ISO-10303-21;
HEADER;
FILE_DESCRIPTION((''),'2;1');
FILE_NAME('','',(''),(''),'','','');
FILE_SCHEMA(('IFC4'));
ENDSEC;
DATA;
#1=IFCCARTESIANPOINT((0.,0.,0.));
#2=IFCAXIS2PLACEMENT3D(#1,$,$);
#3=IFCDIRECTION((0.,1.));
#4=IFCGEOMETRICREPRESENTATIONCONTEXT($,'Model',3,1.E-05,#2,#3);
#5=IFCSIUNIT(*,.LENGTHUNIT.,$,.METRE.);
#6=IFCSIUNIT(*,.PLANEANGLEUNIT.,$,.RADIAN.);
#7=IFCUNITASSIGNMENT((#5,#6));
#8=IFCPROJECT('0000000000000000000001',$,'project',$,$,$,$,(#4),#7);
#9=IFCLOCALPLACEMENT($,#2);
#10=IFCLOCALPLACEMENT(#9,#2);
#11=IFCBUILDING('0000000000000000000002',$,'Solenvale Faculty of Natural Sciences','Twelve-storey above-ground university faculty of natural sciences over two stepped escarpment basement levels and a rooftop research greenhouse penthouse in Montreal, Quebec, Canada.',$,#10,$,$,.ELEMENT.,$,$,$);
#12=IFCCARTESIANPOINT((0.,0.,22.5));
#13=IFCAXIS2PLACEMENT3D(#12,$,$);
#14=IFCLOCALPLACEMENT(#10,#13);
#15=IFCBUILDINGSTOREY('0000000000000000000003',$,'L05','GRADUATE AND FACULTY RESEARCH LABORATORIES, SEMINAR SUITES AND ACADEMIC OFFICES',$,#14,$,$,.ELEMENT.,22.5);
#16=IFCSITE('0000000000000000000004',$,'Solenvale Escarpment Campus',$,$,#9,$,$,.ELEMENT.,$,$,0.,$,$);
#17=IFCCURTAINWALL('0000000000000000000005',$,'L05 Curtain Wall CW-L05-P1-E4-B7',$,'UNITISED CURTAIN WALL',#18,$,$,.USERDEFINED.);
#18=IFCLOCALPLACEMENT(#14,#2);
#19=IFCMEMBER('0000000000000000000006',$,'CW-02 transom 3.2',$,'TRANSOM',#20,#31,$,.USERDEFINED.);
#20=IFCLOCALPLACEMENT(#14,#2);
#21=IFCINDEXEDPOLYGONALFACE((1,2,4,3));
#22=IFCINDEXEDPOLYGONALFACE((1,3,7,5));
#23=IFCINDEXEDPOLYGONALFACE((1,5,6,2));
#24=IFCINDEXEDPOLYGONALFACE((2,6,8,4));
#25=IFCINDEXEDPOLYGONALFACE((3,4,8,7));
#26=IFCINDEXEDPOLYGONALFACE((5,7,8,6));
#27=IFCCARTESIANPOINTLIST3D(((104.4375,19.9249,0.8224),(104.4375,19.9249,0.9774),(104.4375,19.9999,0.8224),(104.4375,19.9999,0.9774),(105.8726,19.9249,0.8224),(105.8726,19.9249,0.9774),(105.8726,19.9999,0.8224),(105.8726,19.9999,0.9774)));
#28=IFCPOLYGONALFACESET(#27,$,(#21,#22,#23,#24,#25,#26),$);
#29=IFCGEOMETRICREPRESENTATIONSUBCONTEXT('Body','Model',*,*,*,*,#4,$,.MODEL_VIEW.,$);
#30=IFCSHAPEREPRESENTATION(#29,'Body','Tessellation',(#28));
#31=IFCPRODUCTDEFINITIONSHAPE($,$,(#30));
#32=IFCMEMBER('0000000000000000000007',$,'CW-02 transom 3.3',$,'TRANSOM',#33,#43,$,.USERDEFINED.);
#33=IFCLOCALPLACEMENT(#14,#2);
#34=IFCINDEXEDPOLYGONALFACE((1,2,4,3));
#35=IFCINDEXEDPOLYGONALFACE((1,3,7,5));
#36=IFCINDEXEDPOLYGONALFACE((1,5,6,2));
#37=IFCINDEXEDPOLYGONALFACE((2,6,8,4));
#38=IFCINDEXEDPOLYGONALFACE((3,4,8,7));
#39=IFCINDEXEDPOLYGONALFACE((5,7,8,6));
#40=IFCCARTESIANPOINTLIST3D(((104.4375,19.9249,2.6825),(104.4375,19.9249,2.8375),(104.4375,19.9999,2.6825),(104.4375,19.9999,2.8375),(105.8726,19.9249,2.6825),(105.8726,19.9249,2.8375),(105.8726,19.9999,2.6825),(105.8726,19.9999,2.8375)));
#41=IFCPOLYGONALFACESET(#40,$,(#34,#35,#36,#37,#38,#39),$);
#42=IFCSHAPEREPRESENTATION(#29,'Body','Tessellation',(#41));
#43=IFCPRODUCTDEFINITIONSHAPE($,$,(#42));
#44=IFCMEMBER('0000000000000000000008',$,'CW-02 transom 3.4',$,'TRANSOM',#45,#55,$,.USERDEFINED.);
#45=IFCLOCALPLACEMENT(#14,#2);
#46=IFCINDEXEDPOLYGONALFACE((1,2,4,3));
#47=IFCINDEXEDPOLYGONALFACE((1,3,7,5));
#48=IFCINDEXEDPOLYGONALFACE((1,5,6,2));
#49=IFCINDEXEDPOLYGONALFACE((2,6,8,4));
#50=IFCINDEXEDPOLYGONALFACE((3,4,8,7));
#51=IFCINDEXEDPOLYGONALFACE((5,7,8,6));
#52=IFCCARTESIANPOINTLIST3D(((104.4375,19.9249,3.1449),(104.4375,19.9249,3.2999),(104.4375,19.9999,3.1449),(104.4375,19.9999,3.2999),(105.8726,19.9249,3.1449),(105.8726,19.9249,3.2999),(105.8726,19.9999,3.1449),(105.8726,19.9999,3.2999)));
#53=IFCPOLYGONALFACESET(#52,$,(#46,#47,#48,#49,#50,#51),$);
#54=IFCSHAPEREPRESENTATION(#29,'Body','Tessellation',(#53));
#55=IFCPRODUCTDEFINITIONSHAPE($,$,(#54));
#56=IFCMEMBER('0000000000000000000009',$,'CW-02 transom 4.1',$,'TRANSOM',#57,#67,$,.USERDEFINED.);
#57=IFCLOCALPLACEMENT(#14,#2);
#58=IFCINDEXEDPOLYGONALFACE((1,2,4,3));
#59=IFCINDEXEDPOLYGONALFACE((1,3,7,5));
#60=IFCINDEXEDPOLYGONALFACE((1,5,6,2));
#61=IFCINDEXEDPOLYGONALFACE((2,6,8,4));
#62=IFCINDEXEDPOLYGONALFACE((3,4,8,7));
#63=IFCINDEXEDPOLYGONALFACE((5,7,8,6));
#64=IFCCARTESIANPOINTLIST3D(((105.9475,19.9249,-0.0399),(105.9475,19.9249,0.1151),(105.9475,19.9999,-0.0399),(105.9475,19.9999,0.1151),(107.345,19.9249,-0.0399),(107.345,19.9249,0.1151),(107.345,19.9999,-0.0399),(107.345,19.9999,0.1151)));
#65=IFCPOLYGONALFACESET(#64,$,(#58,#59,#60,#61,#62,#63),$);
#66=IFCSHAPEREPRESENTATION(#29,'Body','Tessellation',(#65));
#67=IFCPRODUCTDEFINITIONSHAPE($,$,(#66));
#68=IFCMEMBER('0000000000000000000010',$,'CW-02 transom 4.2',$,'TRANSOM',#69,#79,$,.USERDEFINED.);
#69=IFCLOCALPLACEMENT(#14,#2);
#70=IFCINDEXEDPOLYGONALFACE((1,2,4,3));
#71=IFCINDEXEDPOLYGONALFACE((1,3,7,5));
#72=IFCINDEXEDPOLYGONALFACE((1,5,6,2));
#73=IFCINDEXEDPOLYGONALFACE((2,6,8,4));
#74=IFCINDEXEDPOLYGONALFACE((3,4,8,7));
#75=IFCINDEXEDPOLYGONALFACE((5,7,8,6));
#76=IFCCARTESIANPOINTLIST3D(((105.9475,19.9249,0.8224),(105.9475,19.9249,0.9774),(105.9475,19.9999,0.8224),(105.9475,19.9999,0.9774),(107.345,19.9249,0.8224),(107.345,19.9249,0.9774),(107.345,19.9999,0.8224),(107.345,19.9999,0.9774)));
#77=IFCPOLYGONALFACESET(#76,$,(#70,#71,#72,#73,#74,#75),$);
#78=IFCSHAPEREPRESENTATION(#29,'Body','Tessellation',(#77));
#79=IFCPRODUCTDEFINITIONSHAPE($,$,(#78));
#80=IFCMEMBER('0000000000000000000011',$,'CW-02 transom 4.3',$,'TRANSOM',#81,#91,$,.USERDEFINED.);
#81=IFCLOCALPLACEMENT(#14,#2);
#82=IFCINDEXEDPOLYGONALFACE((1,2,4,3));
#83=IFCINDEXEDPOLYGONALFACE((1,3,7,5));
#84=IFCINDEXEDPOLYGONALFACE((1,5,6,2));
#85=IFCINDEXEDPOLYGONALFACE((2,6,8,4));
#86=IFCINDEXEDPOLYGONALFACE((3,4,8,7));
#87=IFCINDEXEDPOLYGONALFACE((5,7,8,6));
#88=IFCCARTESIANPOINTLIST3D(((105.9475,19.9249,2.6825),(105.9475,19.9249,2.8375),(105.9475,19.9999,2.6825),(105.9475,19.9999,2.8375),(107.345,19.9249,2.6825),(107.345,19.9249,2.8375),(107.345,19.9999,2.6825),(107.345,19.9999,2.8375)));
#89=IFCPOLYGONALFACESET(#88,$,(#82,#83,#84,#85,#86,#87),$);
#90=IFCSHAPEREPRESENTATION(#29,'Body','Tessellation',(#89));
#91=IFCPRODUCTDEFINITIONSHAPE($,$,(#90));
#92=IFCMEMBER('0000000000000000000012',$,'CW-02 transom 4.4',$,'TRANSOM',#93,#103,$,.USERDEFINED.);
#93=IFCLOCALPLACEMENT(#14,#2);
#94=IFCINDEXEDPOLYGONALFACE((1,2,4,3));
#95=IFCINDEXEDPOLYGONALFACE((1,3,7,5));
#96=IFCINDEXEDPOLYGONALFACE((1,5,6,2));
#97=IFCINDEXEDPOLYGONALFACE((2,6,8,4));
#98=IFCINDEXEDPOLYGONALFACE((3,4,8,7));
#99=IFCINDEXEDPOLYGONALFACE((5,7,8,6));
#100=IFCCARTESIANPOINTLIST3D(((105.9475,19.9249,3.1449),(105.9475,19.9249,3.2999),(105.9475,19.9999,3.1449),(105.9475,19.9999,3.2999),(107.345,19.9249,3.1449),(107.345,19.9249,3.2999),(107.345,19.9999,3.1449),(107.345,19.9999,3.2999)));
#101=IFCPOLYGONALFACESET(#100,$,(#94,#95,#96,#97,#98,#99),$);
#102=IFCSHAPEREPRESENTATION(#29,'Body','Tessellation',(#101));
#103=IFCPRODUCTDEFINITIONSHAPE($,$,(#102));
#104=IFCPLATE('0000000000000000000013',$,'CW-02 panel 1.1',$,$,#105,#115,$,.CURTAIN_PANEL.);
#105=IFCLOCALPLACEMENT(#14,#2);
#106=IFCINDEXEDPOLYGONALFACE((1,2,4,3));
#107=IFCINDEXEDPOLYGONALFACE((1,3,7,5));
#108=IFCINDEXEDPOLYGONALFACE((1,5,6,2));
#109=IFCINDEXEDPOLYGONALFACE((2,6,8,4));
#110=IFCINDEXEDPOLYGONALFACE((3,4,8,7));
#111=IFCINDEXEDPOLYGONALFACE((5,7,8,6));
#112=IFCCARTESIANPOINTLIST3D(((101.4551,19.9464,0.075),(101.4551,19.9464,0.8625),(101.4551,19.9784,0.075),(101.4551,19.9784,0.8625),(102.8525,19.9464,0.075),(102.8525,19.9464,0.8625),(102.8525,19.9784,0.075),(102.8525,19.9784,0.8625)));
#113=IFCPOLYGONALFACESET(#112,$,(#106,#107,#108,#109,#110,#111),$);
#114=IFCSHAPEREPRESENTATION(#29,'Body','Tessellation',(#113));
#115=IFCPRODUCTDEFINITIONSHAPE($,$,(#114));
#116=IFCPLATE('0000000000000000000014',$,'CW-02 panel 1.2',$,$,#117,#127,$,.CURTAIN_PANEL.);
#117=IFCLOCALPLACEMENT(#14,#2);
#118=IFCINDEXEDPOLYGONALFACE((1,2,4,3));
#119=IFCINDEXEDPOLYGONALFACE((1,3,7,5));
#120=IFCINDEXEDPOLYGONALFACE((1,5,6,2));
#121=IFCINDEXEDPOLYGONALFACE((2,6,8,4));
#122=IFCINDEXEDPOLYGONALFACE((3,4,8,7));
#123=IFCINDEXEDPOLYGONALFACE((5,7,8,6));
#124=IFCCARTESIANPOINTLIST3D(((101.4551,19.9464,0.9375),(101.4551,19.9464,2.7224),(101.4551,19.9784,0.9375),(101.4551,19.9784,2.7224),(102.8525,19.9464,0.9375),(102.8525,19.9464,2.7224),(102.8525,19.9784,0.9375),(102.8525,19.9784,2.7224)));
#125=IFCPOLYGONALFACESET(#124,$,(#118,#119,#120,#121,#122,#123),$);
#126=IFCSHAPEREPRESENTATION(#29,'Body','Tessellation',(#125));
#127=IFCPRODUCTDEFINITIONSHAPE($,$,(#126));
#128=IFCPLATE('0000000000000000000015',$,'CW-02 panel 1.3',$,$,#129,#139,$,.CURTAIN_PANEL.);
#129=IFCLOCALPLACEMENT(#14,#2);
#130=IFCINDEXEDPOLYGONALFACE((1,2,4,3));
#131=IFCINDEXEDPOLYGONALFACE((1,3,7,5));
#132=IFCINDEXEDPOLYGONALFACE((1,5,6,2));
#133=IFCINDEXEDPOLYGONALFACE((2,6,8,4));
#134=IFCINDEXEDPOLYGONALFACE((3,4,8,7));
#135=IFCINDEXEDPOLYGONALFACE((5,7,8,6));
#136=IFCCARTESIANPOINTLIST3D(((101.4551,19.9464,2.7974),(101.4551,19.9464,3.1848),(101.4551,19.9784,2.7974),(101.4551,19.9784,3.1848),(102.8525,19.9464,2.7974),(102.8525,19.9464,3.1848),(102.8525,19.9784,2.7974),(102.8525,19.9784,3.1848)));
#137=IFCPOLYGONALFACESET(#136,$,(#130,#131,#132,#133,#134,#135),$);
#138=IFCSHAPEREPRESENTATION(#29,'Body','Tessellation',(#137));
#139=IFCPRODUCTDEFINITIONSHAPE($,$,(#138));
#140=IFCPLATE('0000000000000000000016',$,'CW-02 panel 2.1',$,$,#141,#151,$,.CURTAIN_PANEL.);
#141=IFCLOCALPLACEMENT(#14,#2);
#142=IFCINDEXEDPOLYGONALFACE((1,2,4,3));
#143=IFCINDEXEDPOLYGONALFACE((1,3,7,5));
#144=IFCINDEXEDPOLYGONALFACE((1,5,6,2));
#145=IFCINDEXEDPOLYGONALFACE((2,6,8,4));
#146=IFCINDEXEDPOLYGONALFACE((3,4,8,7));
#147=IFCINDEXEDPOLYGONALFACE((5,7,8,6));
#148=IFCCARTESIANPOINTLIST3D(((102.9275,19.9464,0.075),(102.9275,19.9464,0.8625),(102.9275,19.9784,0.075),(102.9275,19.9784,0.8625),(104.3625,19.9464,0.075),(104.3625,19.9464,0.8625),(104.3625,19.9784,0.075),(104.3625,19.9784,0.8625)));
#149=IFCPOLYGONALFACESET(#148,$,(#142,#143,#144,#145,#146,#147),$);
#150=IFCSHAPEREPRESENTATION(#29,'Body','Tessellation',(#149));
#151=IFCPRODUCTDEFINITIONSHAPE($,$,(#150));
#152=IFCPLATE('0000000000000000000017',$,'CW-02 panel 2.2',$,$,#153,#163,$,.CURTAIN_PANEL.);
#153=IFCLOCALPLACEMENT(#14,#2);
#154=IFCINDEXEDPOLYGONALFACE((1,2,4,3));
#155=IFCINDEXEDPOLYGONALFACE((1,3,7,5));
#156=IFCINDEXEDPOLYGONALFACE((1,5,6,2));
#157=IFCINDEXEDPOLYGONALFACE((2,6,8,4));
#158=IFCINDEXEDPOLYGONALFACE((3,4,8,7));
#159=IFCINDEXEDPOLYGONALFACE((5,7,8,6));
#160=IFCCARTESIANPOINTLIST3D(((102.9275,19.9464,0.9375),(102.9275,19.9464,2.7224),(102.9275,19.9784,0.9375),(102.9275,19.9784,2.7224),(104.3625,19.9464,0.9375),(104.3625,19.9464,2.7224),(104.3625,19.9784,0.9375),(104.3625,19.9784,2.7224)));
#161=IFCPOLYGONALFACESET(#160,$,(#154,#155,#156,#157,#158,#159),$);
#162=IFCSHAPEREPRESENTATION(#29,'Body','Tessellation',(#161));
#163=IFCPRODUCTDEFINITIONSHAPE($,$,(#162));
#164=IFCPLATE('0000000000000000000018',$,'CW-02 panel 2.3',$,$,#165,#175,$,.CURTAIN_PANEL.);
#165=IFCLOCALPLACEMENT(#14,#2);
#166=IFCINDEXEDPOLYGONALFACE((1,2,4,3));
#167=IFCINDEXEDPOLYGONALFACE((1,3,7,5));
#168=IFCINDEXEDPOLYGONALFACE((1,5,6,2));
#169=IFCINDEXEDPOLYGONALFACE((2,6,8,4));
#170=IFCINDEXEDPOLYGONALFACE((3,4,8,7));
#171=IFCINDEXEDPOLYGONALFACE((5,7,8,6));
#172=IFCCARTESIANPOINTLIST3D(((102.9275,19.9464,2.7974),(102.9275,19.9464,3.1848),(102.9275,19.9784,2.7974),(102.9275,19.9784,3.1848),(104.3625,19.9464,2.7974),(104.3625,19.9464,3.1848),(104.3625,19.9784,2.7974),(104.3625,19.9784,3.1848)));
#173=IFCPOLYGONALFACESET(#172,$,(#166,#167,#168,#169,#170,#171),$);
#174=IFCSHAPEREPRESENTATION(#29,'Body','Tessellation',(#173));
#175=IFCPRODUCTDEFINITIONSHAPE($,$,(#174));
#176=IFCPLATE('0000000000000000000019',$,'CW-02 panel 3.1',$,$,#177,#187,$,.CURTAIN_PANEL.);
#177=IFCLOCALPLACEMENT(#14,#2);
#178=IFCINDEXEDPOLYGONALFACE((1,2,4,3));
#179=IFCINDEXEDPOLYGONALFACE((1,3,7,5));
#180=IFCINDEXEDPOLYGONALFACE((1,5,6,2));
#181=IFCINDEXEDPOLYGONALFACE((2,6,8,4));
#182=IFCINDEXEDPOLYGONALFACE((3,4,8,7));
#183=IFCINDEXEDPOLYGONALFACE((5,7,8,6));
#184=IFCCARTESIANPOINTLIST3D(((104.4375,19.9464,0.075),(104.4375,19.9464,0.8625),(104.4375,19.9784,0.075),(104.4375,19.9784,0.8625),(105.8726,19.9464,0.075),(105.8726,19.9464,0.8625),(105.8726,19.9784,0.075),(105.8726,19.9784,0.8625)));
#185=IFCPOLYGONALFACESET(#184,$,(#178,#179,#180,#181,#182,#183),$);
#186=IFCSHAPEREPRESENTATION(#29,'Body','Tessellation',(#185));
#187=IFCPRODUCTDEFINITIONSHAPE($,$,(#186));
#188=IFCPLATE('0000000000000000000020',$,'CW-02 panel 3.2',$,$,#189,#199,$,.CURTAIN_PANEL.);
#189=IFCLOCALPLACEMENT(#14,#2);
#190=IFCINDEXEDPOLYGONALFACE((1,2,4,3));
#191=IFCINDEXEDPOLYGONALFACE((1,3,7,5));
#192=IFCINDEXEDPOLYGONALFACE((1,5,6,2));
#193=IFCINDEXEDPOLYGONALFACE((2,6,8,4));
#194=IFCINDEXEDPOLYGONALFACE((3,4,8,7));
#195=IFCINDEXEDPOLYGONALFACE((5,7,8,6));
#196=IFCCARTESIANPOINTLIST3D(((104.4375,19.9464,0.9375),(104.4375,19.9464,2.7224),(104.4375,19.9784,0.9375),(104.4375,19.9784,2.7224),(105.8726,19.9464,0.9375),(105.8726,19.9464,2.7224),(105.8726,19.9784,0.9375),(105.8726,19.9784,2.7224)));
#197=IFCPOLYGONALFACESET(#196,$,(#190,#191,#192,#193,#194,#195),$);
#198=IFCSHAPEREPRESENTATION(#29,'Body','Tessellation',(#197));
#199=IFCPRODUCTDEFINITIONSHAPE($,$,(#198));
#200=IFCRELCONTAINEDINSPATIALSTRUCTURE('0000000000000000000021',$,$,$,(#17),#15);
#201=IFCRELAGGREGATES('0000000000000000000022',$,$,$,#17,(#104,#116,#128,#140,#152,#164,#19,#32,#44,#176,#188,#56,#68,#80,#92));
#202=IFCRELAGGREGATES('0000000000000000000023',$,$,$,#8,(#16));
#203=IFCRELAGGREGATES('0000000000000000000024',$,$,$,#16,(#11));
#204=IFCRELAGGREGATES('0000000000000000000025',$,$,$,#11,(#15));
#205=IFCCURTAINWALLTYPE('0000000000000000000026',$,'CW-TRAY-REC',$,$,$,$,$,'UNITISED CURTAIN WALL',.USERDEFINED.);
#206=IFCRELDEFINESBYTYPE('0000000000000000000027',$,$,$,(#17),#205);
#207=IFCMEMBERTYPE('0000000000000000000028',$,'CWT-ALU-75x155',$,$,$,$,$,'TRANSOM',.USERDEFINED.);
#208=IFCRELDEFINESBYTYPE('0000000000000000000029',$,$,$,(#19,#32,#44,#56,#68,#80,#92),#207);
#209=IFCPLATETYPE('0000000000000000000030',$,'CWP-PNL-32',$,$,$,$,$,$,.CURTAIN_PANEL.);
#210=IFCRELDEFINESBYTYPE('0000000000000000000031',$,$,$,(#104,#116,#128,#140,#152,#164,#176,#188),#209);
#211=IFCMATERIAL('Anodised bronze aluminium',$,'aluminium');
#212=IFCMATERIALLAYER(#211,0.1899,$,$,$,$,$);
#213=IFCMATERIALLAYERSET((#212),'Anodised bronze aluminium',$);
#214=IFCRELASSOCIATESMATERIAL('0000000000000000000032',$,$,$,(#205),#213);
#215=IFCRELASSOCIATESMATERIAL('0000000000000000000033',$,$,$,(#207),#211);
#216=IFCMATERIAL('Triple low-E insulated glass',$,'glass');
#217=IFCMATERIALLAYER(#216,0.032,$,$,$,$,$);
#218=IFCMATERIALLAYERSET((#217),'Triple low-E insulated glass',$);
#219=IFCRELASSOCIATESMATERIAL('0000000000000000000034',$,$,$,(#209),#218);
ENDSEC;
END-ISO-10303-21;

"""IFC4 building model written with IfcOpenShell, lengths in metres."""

from ifc_helpers import new_model, si_unit, direction, frame, origin, origin_2d, place, context, subcontext, project, spatial, rectangle, extrude, material, layer, layer_set, material_profile, profile_set, type_object, element, aggregate, save


model = new_model("IFC4")

# Units and contexts
model_context = context("Model", 3, precision=1e-05, world=origin(), true_north=direction((0.0, 1.0)))
body_context = subcontext(model_context, "Body", "Model", "MODEL_VIEW")
ifc_project = project(units=[si_unit("LENGTHUNIT", "METRE"), si_unit("PLANEANGLEUNIT", "RADIAN")], contexts=[model_context])

# Site, building, storey
site_placement = place(None, origin())
site = spatial("IfcSite", under=ifc_project, at=site_placement, Name="Solenvale Escarpment Campus", CompositionType="ELEMENT", RefElevation=0.0)
building_placement = place(site_placement, origin())
building = spatial("IfcBuilding", under=site, at=building_placement, Name="Solenvale Faculty of Natural Sciences", Description="Twelve-storey above-ground university faculty of natural sciences over two stepped escarpment basement levels and a rooftop research greenhouse penthouse in Montreal, Quebec, Canada.", CompositionType="ELEMENT")
storey_placement = place(building_placement, frame((0.0, 0.0, 22.5)))
storey = spatial("IfcBuildingStorey", under=building, at=storey_placement, Name="L05", Description="GRADUATE AND FACULTY RESEARCH LABORATORIES, SEMINAR SUITES AND ACADEMIC OFFICES", CompositionType="ELEMENT", Elevation=22.5)

# Shared definitions
ifc_material_1 = material(Name="Anodised bronze aluminium", Category="aluminium")
ifc_layer_1 = layer(ifc_material_1, 0.1899)
ifc_layer_set_1 = layer_set([ifc_layer_1], Name="Anodised bronze aluminium")
curtain_wall_type = type_object("IfcCurtainWallType", Name="CW-TRAY-REC", ElementType="UNITISED CURTAIN WALL", PredefinedType="USERDEFINED", material=ifc_layer_set_1)

# Curtain wall, members, plates
curtain_wall_1_placement = place(storey_placement, origin())
curtain_wall_1 = element("IfcCurtainWall", 1, at=curtain_wall_1_placement, inside=storey, type_object=curtain_wall_type, Name="L05 Curtain Wall CW-L05-P1-E4-B7", ObjectType="UNITISED CURTAIN WALL", PredefinedType="USERDEFINED")
ifc_material_profile_1 = material_profile(ifc_material_1, rectangle(XDim=0.075, YDim=0.155, at=origin_2d()), Name="ALU-TRN-75x155")
ifc_profile_set_1 = profile_set([ifc_material_profile_1], Name="Anodised bronze aluminium")
member_type_1 = type_object("IfcMemberType", Name="CWT-ALU-75x155", ElementType="TRANSOM", PredefinedType="USERDEFINED", material=ifc_profile_set_1)
member_1_placement = place(storey_placement, frame((104.4375, 19.9624, 0.8999), z_axis=(1.0, 0.0, 0.0), x_axis=(0.0, 1.0, 0.0)))
member_1 = element("IfcMember", 2, at=member_1_placement, type_object=member_type_1, Name="CW-02 transom 3.2", ObjectType="TRANSOM", PredefinedType="USERDEFINED", context=body_context, shape_type="SweptSolid", body=[
    extrude(rectangle(XDim=0.075, YDim=0.155, at=origin_2d()), origin(), (0.0, 0.0, 1.0), 1.4351),
])
member_2_placement = place(storey_placement, frame((104.4375, 19.9624, 2.76), z_axis=(1.0, 0.0, 0.0), x_axis=(0.0, 1.0, 0.0)))
member_2 = element("IfcMember", 3, at=member_2_placement, type_object=member_type_1, Name="CW-02 transom 3.3", ObjectType="TRANSOM", PredefinedType="USERDEFINED", context=body_context, shape_type="SweptSolid", body=[
    extrude(rectangle(XDim=0.075, YDim=0.155, at=origin_2d()), origin(), (0.0, 0.0, 1.0), 1.4351),
])
member_3_placement = place(storey_placement, frame((104.4375, 19.9624, 3.2224), z_axis=(1.0, 0.0, 0.0), x_axis=(0.0, 1.0, 0.0)))
member_3 = element("IfcMember", 4, at=member_3_placement, type_object=member_type_1, Name="CW-02 transom 3.4", ObjectType="TRANSOM", PredefinedType="USERDEFINED", context=body_context, shape_type="SweptSolid", body=[
    extrude(rectangle(XDim=0.075, YDim=0.155, at=origin_2d()), origin(), (0.0, 0.0, 1.0), 1.4351),
])
member_4_placement = place(storey_placement, frame((105.9475, 19.9624, 0.0376), z_axis=(1.0, 0.0, 0.0), x_axis=(0.0, 1.0, 0.0)))
member_4 = element("IfcMember", 5, at=member_4_placement, type_object=member_type_1, Name="CW-02 transom 4.1", ObjectType="TRANSOM", PredefinedType="USERDEFINED", context=body_context, shape_type="SweptSolid", body=[
    extrude(rectangle(XDim=0.075, YDim=0.155, at=origin_2d()), origin(), (0.0, 0.0, 1.0), 1.3975),
])
member_5_placement = place(storey_placement, frame((105.9475, 19.9624, 0.8999), z_axis=(1.0, 0.0, 0.0), x_axis=(0.0, 1.0, 0.0)))
member_5 = element("IfcMember", 6, at=member_5_placement, type_object=member_type_1, Name="CW-02 transom 4.2", ObjectType="TRANSOM", PredefinedType="USERDEFINED", context=body_context, shape_type="SweptSolid", body=[
    extrude(rectangle(XDim=0.075, YDim=0.155, at=origin_2d()), origin(), (0.0, 0.0, 1.0), 1.3975),
])
member_6_placement = place(storey_placement, frame((105.9475, 19.9624, 2.76), z_axis=(1.0, 0.0, 0.0), x_axis=(0.0, 1.0, 0.0)))
member_6 = element("IfcMember", 7, at=member_6_placement, type_object=member_type_1, Name="CW-02 transom 4.3", ObjectType="TRANSOM", PredefinedType="USERDEFINED", context=body_context, shape_type="SweptSolid", body=[
    extrude(rectangle(XDim=0.075, YDim=0.155, at=origin_2d()), origin(), (0.0, 0.0, 1.0), 1.3975),
])
member_7_placement = place(storey_placement, frame((105.9475, 19.9624, 3.2224), z_axis=(1.0, 0.0, 0.0), x_axis=(0.0, 1.0, 0.0)))
member_7 = element("IfcMember", 8, at=member_7_placement, type_object=member_type_1, Name="CW-02 transom 4.4", ObjectType="TRANSOM", PredefinedType="USERDEFINED", context=body_context, shape_type="SweptSolid", body=[
    extrude(rectangle(XDim=0.075, YDim=0.155, at=origin_2d()), origin(), (0.0, 0.0, 1.0), 1.3975),
])
ifc_material_2 = material(Name="Triple low-E insulated glass", Category="glass")
ifc_layer_2 = layer(ifc_material_2, 0.032)
ifc_layer_set_2 = layer_set([ifc_layer_2], Name="Triple low-E insulated glass")
plate_type = type_object("IfcPlateType", Name="CWP-PNL-32", PredefinedType="CURTAIN_PANEL", material=ifc_layer_set_2)
plate_1_placement = place(storey_placement, frame((102.1538, 19.9624, 0.075), z_axis=(0.0, 0.0, 1.0), x_axis=(1.0, 0.0, 0.0)))
plate_1 = element("IfcPlate", 9, at=plate_1_placement, type_object=plate_type, Name="CW-02 panel 1.1", PredefinedType="CURTAIN_PANEL", context=body_context, shape_type="SweptSolid", body=[
    extrude(rectangle(XDim=1.3975, YDim=0.032, at=origin_2d()), origin(), (0.0, 0.0, 1.0), 0.7876),
])
plate_2_placement = place(storey_placement, frame((102.1538, 19.9624, 0.9375), z_axis=(0.0, 0.0, 1.0), x_axis=(1.0, 0.0, 0.0)))
plate_2 = element("IfcPlate", 10, at=plate_2_placement, type_object=plate_type, Name="CW-02 panel 1.2", PredefinedType="CURTAIN_PANEL", context=body_context, shape_type="SweptSolid", body=[
    extrude(rectangle(XDim=1.3975, YDim=0.032, at=origin_2d()), origin(), (0.0, 0.0, 1.0), 1.7849),
])
plate_3_placement = place(storey_placement, frame((102.1538, 19.9624, 2.7974), z_axis=(0.0, 0.0, 1.0), x_axis=(1.0, 0.0, 0.0)))
plate_3 = element("IfcPlate", 11, at=plate_3_placement, type_object=plate_type, Name="CW-02 panel 1.3", PredefinedType="CURTAIN_PANEL", context=body_context, shape_type="SweptSolid", body=[
    extrude(rectangle(XDim=1.3975, YDim=0.032, at=origin_2d()), origin(), (0.0, 0.0, 1.0), 0.3875),
])
plate_4_placement = place(storey_placement, frame((103.645, 19.9624, 0.075), z_axis=(0.0, 0.0, 1.0), x_axis=(1.0, 0.0, 0.0)))
plate_4 = element("IfcPlate", 12, at=plate_4_placement, type_object=plate_type, Name="CW-02 panel 2.1", PredefinedType="CURTAIN_PANEL", context=body_context, shape_type="SweptSolid", body=[
    extrude(rectangle(XDim=1.4351, YDim=0.032, at=origin_2d()), origin(), (0.0, 0.0, 1.0), 0.7876),
])
plate_5_placement = place(storey_placement, frame((103.645, 19.9624, 0.9375), z_axis=(0.0, 0.0, 1.0), x_axis=(1.0, 0.0, 0.0)))
plate_5 = element("IfcPlate", 13, at=plate_5_placement, type_object=plate_type, Name="CW-02 panel 2.2", PredefinedType="CURTAIN_PANEL", context=body_context, shape_type="SweptSolid", body=[
    extrude(rectangle(XDim=1.4351, YDim=0.032, at=origin_2d()), origin(), (0.0, 0.0, 1.0), 1.7849),
])
plate_6_placement = place(storey_placement, frame((103.645, 19.9624, 2.7974), z_axis=(0.0, 0.0, 1.0), x_axis=(1.0, 0.0, 0.0)))
plate_6 = element("IfcPlate", 14, at=plate_6_placement, type_object=plate_type, Name="CW-02 panel 2.3", PredefinedType="CURTAIN_PANEL", context=body_context, shape_type="SweptSolid", body=[
    extrude(rectangle(XDim=1.4351, YDim=0.032, at=origin_2d()), origin(), (0.0, 0.0, 1.0), 0.3875),
])
plate_7_placement = place(storey_placement, frame((105.155, 19.9624, 0.075), z_axis=(0.0, 0.0, 1.0), x_axis=(1.0, 0.0, 0.0)))
plate_7 = element("IfcPlate", 15, at=plate_7_placement, type_object=plate_type, Name="CW-02 panel 3.1", PredefinedType="CURTAIN_PANEL", context=body_context, shape_type="SweptSolid", body=[
    extrude(rectangle(XDim=1.4351, YDim=0.032, at=origin_2d()), origin(), (0.0, 0.0, 1.0), 0.7876),
])
plate_8_placement = place(storey_placement, frame((105.155, 19.9624, 0.9375), z_axis=(0.0, 0.0, 1.0), x_axis=(1.0, 0.0, 0.0)))
plate_8 = element("IfcPlate", 16, at=plate_8_placement, type_object=plate_type, Name="CW-02 panel 3.2", PredefinedType="CURTAIN_PANEL", context=body_context, shape_type="SweptSolid", body=[
    extrude(rectangle(XDim=1.4351, YDim=0.032, at=origin_2d()), origin(), (0.0, 0.0, 1.0), 1.7849),
])
aggregate(curtain_wall_1, [plate_1, plate_2, plate_3, plate_4, plate_5, plate_6, member_1, member_2, member_3, plate_7, plate_8, member_4, member_5, member_6, member_7])

save(model, "model.ifc")
